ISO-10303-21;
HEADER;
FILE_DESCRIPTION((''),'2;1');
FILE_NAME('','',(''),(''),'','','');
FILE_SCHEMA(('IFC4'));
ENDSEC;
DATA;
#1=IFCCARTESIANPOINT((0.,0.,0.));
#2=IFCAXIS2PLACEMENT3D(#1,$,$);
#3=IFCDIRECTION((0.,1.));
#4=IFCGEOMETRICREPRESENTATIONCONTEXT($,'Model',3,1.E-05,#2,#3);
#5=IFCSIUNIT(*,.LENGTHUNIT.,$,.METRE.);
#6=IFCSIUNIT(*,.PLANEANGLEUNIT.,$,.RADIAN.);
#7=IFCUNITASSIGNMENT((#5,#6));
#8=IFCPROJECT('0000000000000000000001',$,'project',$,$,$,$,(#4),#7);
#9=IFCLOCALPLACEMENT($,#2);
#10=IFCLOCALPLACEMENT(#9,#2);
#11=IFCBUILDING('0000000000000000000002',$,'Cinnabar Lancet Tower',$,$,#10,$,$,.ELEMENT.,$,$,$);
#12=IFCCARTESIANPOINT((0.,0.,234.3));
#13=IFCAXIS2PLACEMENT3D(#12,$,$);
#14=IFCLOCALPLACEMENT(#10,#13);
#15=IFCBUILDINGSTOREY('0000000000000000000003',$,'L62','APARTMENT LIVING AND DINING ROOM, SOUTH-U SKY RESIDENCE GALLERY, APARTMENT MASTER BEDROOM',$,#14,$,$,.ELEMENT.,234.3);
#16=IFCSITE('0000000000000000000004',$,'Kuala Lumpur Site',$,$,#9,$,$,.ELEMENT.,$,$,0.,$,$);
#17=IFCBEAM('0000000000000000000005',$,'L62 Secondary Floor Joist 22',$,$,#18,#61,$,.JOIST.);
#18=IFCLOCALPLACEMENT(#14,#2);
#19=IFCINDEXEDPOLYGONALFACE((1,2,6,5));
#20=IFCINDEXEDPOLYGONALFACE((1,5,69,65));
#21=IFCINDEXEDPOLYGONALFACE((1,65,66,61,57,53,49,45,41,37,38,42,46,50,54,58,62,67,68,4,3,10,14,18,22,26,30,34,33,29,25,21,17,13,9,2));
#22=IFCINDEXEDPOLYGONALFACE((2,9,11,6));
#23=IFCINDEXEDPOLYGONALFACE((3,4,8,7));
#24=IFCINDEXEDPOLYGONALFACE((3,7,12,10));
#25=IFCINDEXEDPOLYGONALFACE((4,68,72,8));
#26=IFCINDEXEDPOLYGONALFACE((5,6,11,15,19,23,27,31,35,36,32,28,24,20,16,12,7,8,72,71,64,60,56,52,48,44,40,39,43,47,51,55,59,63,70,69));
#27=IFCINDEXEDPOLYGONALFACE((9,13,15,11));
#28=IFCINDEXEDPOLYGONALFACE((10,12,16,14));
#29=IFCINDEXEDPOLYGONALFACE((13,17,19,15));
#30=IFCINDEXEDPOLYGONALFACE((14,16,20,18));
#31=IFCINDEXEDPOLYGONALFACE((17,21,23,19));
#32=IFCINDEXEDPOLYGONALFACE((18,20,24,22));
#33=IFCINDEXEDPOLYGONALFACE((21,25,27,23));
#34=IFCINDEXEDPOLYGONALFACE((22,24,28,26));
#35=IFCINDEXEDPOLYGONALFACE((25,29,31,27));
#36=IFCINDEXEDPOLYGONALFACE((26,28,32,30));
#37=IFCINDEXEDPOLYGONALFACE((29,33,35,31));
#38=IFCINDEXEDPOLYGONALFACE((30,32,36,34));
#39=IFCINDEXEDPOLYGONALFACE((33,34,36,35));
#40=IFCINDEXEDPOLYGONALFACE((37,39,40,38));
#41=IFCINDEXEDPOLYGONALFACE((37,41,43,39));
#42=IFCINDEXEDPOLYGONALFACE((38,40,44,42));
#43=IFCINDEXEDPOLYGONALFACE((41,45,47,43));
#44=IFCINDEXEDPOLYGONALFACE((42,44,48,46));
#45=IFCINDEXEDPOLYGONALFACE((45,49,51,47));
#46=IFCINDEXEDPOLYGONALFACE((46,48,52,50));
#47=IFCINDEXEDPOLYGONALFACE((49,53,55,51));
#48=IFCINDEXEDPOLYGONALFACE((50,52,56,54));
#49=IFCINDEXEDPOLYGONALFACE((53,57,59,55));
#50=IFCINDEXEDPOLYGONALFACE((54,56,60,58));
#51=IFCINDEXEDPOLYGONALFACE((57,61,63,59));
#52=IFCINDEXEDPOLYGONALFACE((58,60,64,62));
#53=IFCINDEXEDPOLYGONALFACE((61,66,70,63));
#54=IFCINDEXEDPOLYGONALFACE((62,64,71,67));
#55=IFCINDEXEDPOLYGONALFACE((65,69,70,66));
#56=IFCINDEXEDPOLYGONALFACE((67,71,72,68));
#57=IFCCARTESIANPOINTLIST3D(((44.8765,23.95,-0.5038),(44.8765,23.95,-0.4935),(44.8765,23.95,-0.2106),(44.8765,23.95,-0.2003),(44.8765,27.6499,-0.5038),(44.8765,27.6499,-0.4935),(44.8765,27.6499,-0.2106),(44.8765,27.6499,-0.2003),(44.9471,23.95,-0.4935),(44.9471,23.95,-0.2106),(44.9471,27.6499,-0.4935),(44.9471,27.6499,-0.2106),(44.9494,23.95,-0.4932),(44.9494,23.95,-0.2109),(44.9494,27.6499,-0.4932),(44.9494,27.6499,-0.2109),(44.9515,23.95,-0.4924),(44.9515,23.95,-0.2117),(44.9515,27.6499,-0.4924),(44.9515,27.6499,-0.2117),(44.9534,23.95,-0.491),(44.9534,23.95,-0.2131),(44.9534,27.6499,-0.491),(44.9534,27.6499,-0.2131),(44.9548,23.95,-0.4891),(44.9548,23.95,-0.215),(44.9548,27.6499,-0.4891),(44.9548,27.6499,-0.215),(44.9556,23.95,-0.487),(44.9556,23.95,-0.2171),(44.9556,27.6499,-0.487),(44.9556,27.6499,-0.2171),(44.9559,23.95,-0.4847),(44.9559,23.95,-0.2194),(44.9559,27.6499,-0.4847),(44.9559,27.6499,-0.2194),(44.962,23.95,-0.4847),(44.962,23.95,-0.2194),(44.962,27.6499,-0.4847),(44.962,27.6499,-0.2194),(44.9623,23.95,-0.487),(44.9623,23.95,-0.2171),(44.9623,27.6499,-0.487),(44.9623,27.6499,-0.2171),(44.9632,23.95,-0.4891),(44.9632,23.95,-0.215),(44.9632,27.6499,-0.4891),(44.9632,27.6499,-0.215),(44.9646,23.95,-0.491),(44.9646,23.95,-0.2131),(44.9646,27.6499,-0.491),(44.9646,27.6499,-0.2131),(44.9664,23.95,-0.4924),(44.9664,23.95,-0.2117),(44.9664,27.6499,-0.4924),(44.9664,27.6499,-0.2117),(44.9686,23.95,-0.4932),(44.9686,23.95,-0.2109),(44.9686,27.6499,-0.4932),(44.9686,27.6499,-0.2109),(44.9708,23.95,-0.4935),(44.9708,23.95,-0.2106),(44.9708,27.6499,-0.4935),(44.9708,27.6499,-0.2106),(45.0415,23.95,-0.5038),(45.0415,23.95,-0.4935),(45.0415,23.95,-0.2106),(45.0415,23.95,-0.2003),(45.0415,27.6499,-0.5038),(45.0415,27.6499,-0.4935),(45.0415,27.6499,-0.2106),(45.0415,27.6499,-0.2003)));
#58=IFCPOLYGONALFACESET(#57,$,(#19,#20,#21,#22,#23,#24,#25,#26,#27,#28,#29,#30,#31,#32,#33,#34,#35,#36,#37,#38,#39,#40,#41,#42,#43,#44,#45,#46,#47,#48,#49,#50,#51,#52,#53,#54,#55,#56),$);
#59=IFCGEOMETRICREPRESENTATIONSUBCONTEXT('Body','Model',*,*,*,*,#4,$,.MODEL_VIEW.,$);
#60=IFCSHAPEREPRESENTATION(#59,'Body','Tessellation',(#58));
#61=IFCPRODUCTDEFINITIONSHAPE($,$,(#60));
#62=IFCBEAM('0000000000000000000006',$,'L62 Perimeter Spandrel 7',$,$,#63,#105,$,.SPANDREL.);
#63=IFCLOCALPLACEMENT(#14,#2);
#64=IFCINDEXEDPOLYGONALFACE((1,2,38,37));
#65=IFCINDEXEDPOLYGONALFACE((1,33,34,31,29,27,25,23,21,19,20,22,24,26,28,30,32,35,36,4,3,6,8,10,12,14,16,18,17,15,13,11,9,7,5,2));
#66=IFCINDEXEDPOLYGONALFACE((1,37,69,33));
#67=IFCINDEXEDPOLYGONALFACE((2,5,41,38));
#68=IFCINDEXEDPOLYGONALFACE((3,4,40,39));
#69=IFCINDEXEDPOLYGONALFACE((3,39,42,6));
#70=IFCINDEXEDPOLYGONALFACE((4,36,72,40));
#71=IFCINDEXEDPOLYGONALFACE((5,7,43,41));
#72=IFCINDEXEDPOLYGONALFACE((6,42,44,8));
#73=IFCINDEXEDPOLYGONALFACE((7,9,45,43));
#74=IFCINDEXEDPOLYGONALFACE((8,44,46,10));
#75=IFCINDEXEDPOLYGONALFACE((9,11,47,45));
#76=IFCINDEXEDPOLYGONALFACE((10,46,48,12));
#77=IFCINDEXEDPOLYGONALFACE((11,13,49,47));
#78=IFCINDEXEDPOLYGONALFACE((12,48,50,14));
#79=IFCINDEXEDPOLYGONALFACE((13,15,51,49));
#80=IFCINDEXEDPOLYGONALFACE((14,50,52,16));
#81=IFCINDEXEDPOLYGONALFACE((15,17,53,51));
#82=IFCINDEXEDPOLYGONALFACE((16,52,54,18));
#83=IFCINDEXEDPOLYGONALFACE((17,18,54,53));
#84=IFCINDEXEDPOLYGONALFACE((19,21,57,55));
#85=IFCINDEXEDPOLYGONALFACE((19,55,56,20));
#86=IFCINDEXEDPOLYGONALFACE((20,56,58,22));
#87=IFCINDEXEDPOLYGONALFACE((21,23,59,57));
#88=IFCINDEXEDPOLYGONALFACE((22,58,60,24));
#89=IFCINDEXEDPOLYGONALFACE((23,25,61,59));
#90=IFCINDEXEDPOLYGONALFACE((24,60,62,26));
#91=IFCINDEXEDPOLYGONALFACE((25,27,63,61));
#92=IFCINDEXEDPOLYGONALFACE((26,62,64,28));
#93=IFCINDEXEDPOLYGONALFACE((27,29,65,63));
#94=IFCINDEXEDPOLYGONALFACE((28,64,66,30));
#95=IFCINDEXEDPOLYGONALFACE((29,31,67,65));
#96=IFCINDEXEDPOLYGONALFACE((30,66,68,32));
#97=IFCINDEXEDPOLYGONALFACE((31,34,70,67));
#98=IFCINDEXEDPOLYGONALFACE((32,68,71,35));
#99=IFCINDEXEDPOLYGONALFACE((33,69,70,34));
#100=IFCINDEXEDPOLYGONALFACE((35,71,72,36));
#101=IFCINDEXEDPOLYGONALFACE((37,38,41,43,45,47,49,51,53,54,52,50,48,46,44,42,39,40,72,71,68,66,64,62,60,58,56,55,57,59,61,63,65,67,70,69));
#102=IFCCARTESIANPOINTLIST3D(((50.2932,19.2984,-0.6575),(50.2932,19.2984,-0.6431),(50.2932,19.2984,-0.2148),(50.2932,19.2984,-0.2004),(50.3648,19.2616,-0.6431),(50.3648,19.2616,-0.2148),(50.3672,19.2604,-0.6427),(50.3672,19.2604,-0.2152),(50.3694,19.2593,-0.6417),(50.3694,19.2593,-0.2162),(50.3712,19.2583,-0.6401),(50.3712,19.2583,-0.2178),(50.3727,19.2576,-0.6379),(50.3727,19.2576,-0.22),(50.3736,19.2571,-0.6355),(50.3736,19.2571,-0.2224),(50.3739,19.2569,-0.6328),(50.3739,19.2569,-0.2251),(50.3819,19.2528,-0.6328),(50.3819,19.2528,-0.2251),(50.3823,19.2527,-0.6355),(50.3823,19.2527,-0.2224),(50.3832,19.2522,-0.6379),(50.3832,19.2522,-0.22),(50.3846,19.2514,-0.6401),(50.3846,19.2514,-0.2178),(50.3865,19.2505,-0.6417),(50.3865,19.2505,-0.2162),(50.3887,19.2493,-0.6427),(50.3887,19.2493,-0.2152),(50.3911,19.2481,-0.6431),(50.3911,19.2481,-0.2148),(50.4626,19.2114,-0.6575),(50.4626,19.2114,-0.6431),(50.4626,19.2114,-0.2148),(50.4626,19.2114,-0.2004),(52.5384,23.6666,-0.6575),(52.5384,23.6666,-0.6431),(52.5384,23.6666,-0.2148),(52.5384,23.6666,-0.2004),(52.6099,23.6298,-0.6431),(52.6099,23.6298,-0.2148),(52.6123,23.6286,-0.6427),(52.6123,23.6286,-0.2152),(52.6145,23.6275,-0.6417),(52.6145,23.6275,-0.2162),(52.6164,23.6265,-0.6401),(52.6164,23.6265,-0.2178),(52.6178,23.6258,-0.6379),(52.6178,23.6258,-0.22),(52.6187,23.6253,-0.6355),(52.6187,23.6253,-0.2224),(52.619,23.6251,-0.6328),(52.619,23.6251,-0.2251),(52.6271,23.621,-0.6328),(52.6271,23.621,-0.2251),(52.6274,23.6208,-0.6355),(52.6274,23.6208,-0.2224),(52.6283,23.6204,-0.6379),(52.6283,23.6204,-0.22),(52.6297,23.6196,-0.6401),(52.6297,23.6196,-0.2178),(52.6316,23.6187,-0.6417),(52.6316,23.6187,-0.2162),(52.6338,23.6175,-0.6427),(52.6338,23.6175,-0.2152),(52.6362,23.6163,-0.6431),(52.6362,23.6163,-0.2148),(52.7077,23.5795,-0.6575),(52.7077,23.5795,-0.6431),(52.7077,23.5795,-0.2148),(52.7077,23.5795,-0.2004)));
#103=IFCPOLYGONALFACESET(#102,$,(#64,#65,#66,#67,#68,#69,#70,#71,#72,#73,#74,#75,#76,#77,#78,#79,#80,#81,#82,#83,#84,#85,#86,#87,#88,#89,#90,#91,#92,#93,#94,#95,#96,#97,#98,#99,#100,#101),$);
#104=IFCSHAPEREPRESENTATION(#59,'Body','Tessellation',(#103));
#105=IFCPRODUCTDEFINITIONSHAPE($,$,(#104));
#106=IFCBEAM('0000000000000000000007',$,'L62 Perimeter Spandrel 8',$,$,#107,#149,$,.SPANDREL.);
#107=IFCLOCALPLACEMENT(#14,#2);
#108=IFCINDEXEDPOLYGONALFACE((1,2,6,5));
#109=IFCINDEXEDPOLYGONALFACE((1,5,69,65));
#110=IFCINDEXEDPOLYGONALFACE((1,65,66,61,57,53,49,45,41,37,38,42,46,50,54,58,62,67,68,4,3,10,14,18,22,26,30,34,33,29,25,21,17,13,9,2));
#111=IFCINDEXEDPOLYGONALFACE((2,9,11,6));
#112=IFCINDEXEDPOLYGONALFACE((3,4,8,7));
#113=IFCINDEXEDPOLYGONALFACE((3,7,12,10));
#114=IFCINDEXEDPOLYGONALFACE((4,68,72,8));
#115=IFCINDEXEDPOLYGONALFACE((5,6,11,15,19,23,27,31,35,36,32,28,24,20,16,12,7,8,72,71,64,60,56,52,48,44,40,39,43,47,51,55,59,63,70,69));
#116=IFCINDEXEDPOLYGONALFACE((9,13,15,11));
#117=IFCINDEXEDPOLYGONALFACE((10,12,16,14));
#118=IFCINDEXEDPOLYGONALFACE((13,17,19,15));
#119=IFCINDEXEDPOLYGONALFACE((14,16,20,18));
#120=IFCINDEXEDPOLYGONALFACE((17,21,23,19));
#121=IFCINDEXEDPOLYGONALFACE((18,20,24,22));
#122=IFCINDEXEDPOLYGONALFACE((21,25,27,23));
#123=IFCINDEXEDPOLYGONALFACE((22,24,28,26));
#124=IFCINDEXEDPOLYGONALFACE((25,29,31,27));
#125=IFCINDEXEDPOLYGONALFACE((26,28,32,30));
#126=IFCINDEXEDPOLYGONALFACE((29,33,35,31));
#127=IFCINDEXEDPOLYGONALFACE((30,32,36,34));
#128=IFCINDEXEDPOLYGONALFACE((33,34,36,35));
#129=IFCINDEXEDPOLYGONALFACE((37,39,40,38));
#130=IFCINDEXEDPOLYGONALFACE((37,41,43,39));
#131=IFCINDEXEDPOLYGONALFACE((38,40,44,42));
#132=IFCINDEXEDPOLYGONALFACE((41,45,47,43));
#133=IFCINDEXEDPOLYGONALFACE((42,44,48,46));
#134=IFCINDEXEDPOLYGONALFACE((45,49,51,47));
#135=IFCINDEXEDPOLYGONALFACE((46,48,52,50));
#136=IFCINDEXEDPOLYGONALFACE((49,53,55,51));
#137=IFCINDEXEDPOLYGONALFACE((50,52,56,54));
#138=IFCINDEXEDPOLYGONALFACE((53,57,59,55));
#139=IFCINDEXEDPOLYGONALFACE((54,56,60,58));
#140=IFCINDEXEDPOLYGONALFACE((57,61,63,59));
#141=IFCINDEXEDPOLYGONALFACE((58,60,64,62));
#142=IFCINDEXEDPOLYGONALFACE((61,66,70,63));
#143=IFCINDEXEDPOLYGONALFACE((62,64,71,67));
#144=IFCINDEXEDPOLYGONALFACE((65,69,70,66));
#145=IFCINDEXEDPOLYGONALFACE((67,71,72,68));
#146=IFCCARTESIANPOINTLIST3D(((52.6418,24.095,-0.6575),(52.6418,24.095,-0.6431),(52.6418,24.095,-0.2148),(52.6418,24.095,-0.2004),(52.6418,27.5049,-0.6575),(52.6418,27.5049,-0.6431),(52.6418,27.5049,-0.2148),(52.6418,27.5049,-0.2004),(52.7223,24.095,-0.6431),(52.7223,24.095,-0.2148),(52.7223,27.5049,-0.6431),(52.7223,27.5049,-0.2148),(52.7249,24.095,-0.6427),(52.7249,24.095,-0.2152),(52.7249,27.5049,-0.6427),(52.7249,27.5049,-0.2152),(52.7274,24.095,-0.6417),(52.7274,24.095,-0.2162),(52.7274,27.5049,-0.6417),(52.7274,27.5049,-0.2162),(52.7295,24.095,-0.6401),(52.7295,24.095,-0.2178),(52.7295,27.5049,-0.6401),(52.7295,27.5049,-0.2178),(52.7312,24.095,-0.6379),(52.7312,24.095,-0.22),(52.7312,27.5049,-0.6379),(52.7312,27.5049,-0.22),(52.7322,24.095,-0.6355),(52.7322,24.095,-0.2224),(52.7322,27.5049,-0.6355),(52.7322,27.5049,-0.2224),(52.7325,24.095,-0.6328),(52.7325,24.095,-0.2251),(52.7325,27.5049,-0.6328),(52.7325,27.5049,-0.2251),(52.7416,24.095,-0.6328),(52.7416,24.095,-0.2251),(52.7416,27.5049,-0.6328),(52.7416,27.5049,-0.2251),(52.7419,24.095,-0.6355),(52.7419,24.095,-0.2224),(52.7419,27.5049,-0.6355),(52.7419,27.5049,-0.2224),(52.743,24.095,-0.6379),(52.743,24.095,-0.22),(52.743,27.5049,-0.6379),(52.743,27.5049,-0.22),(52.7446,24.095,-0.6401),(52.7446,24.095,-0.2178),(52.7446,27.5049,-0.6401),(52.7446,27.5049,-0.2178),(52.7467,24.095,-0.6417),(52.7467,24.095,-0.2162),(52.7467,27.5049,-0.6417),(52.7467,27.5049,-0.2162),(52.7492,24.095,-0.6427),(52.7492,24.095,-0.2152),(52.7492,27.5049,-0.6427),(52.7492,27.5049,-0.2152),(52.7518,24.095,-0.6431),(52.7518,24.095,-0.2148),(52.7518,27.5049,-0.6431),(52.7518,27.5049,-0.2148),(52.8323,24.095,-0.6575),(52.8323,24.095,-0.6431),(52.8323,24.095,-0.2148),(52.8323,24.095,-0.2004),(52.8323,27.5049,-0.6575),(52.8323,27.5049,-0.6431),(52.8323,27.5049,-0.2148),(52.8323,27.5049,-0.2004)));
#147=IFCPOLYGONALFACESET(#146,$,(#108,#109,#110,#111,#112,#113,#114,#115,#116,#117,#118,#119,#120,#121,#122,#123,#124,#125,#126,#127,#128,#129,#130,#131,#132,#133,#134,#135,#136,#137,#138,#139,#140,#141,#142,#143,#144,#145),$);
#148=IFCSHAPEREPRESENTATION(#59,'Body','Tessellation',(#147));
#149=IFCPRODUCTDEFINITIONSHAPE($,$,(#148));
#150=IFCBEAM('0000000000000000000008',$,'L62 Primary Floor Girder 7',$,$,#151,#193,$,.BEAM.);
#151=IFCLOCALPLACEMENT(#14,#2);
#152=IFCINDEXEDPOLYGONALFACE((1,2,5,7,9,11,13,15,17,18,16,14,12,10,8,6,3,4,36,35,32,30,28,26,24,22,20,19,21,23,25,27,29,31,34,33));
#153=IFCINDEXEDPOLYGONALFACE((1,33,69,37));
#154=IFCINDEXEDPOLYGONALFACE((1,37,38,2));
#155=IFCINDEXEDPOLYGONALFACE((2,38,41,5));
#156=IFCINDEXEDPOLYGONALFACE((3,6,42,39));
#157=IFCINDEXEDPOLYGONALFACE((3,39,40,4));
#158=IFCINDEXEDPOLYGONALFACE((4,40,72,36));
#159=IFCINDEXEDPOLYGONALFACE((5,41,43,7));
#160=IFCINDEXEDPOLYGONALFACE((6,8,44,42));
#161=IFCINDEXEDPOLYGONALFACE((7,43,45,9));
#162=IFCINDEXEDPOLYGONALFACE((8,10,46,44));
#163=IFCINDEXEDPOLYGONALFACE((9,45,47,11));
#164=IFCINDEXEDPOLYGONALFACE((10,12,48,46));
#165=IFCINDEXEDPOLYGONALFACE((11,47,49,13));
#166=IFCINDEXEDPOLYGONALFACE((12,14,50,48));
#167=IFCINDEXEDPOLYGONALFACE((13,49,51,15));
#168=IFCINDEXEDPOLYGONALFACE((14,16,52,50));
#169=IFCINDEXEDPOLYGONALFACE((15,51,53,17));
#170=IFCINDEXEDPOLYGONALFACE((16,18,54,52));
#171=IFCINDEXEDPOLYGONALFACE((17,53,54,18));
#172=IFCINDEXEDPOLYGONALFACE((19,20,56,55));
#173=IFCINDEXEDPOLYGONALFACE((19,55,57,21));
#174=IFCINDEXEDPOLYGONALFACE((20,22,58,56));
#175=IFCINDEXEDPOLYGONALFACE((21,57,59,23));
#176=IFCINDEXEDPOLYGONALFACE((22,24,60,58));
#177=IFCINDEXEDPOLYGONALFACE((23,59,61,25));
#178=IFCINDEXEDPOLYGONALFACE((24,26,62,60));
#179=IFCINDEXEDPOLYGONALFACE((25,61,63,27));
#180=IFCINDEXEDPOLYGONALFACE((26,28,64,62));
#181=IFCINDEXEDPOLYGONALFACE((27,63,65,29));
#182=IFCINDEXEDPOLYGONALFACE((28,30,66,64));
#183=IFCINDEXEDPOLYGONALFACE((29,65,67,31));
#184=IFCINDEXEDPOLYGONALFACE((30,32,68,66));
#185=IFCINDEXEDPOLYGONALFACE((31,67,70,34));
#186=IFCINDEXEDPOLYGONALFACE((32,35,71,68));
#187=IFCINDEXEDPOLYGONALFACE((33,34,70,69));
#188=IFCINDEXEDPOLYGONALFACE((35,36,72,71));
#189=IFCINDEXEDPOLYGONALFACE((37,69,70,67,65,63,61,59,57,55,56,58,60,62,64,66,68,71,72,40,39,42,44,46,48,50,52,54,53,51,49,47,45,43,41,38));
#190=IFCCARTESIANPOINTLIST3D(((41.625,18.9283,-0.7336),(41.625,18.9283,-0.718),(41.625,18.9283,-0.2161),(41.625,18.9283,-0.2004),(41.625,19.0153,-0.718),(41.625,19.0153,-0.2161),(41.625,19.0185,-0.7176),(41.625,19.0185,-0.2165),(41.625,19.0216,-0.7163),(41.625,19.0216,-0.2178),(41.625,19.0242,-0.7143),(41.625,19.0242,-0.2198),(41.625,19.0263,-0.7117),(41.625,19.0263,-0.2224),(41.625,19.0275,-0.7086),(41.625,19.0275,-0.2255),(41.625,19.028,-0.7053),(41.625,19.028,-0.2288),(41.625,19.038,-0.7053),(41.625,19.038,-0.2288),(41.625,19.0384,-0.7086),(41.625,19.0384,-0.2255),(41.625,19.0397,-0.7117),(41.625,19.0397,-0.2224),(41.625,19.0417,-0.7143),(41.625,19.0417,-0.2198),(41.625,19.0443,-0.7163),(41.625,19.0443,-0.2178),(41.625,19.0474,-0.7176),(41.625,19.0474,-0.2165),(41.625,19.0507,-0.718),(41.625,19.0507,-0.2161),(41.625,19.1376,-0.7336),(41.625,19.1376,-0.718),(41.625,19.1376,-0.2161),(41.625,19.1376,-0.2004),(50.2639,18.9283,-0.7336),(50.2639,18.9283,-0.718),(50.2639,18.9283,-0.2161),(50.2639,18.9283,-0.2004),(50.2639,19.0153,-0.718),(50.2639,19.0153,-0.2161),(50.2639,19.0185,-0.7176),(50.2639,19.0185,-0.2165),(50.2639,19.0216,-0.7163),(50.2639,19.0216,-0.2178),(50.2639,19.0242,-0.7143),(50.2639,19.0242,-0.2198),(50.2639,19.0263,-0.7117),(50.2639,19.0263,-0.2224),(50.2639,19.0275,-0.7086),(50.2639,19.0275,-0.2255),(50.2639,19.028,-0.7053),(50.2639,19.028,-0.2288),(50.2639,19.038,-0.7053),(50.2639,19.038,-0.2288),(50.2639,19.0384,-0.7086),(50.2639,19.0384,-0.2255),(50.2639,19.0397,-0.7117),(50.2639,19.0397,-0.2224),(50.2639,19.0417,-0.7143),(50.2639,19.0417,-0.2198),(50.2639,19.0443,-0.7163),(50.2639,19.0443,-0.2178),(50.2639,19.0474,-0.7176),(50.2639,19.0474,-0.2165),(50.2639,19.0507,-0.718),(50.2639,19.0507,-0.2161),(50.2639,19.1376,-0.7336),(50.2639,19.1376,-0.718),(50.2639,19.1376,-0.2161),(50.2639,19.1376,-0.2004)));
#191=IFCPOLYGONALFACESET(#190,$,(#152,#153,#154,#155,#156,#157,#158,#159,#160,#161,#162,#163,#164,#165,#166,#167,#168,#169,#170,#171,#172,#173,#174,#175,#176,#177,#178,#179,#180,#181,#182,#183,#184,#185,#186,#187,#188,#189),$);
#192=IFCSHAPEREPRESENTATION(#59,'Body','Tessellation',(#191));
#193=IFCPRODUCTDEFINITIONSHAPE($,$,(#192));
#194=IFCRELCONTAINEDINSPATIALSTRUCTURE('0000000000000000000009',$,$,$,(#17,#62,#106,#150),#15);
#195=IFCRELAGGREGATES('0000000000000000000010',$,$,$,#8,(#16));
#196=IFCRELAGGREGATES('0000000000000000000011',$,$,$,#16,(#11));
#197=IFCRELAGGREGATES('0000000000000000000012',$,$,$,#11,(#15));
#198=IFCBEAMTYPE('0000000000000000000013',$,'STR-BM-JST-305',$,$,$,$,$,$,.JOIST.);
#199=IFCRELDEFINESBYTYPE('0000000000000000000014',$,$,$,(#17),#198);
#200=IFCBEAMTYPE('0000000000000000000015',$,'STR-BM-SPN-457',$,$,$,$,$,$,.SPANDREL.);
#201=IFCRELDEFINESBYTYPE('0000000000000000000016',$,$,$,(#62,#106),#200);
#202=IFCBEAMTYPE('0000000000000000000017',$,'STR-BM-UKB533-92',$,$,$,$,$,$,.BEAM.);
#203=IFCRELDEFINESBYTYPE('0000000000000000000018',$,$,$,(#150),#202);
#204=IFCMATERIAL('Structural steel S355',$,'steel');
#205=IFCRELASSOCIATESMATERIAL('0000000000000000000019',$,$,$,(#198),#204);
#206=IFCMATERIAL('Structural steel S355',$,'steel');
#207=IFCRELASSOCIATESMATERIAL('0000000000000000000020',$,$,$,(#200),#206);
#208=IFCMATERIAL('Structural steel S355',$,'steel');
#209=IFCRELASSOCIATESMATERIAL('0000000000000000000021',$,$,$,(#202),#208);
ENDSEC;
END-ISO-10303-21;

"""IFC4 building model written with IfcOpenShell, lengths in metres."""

from ifc_helpers import new_model, si_unit, direction, frame, origin, origin_2d, place, context, subcontext, project, spatial, i_section, extrude, material, material_profile, profile_set, type_object, element, save


model = new_model("IFC4")

# Units and contexts
model_context = context("Model", 3, precision=1e-05, world=origin(), true_north=direction((0.0, 1.0)))
body_context = subcontext(model_context, "Body", "Model", "MODEL_VIEW")
ifc_project = project(units=[si_unit("LENGTHUNIT", "METRE"), si_unit("PLANEANGLEUNIT", "RADIAN")], contexts=[model_context])

# Site, building, storey
site_placement = place(None, origin())
site = spatial("IfcSite", under=ifc_project, at=site_placement, Name="Kuala Lumpur Site", CompositionType="ELEMENT", RefElevation=0.0)
building_placement = place(site_placement, origin())
building = spatial("IfcBuilding", under=site, at=building_placement, Name="Cinnabar Lancet Tower", CompositionType="ELEMENT")
storey_placement = place(building_placement, frame((0.0, 0.0, 234.3)))
storey = spatial("IfcBuildingStorey", under=building, at=storey_placement, Name="L62", Description="APARTMENT LIVING AND DINING ROOM, SOUTH-U SKY RESIDENCE GALLERY, APARTMENT MASTER BEDROOM", CompositionType="ELEMENT", Elevation=234.3)

# Beams
ifc_material_1 = material(Name="Structural steel S355", Category="steel")
ifc_material_profile_1 = material_profile(ifc_material_1, i_section(OverallWidth=0.165, OverallDepth=0.3035, WebThickness=0.0061, FlangeThickness=0.0103, FilletRadius=0.0088, at=origin_2d()), Name="UKB 305x165x40")
ifc_profile_set_1 = profile_set([ifc_material_profile_1], Name="Structural steel S355")
beam_type_1 = type_object("IfcBeamType", Name="STR-BM-JST-305", PredefinedType="JOIST", material=ifc_profile_set_1)
for number, where, z_axis, x_axis, name in (
    (1, (44.959, 23.95, -0.3521), (0.0, 1.0, 0.0), (-1.0, 0.0, 0.0), "L62 Secondary Floor Joist 22"),
):
    element("IfcBeam", number, at=place(storey_placement, frame(where, z_axis=z_axis, x_axis=x_axis)), inside=storey, type_object=beam_type_1, Name=name, PredefinedType="JOIST", context=body_context, shape_type="SweptSolid", body=[
        extrude(i_section(OverallWidth=0.165, OverallDepth=0.3035, WebThickness=0.0061, FlangeThickness=0.0103, FilletRadius=0.0088, at=origin_2d()), origin(), (0.0, 0.0, 1.0), 3.7),
    ])
ifc_material_2 = material(Name="Structural steel S355", Category="steel")
ifc_material_profile_2 = material_profile(ifc_material_2, i_section(OverallWidth=0.1904, OverallDepth=0.457, WebThickness=0.009, FlangeThickness=0.0144, FilletRadius=0.0103, at=origin_2d()), Name="UKB 457x191x74")
ifc_profile_set_2 = profile_set([ifc_material_profile_2], Name="Structural steel S355")
beam_type_2 = type_object("IfcBeamType", Name="STR-BM-SPN-457", PredefinedType="SPANDREL", material=ifc_profile_set_2)
beam_1_placement = place(storey_placement, frame((50.3779, 19.2549, -0.429), z_axis=(0.457128, 0.889401, 0.0), x_axis=(-0.889401, 0.457128, 0.0)))
element("IfcBeam", 2, at=beam_1_placement, inside=storey, type_object=beam_type_2, Name="L62 Perimeter Spandrel 7", PredefinedType="SPANDREL", context=body_context, shape_type="SweptSolid", body=[
    extrude(i_section(OverallWidth=0.1904, OverallDepth=0.457, WebThickness=0.009, FlangeThickness=0.0144, FilletRadius=0.0103, at=origin_2d()), origin(), (0.0, 0.0, 1.0), 4.9114),
])
beam_2_placement = place(storey_placement, frame((52.7371, 24.095, -0.429), z_axis=(0.0, 1.0, 0.0), x_axis=(-1.0, 0.0, 0.0)))
element("IfcBeam", 3, at=beam_2_placement, inside=storey, type_object=beam_type_2, Name="L62 Perimeter Spandrel 8", PredefinedType="SPANDREL", context=body_context, shape_type="SweptSolid", body=[
    extrude(i_section(OverallWidth=0.1904, OverallDepth=0.457, WebThickness=0.009, FlangeThickness=0.0144, FilletRadius=0.0103, at=origin_2d()), origin(), (0.0, 0.0, 1.0), 3.4099),
])
ifc_material_3 = material(Name="Structural steel S355", Category="steel")
ifc_material_profile_3 = material_profile(ifc_material_3, i_section(OverallWidth=0.2092, OverallDepth=0.5332, WebThickness=0.01, FlangeThickness=0.0156, FilletRadius=0.0127, at=origin_2d()), Name="UKB 533x210x92")
ifc_profile_set_3 = profile_set([ifc_material_profile_3], Name="Structural steel S355")
beam_type_3 = type_object("IfcBeamType", Name="STR-BM-UKB533-92", PredefinedType="BEAM", material=ifc_profile_set_3)
beam_3_placement = place(storey_placement, frame((50.2639, 19.033, -0.467), z_axis=(-1.0, 0.0, 0.0), x_axis=(0.0, -1.0, 0.0)))
element("IfcBeam", 4, at=beam_3_placement, inside=storey, type_object=beam_type_3, Name="L62 Primary Floor Girder 7", PredefinedType="BEAM", context=body_context, shape_type="SweptSolid", body=[
    extrude(i_section(OverallWidth=0.2092, OverallDepth=0.5332, WebThickness=0.01, FlangeThickness=0.0156, FilletRadius=0.0127, at=origin_2d()), origin(), (0.0, 0.0, 1.0), 8.6389),
])

save(model, "model.ifc")
